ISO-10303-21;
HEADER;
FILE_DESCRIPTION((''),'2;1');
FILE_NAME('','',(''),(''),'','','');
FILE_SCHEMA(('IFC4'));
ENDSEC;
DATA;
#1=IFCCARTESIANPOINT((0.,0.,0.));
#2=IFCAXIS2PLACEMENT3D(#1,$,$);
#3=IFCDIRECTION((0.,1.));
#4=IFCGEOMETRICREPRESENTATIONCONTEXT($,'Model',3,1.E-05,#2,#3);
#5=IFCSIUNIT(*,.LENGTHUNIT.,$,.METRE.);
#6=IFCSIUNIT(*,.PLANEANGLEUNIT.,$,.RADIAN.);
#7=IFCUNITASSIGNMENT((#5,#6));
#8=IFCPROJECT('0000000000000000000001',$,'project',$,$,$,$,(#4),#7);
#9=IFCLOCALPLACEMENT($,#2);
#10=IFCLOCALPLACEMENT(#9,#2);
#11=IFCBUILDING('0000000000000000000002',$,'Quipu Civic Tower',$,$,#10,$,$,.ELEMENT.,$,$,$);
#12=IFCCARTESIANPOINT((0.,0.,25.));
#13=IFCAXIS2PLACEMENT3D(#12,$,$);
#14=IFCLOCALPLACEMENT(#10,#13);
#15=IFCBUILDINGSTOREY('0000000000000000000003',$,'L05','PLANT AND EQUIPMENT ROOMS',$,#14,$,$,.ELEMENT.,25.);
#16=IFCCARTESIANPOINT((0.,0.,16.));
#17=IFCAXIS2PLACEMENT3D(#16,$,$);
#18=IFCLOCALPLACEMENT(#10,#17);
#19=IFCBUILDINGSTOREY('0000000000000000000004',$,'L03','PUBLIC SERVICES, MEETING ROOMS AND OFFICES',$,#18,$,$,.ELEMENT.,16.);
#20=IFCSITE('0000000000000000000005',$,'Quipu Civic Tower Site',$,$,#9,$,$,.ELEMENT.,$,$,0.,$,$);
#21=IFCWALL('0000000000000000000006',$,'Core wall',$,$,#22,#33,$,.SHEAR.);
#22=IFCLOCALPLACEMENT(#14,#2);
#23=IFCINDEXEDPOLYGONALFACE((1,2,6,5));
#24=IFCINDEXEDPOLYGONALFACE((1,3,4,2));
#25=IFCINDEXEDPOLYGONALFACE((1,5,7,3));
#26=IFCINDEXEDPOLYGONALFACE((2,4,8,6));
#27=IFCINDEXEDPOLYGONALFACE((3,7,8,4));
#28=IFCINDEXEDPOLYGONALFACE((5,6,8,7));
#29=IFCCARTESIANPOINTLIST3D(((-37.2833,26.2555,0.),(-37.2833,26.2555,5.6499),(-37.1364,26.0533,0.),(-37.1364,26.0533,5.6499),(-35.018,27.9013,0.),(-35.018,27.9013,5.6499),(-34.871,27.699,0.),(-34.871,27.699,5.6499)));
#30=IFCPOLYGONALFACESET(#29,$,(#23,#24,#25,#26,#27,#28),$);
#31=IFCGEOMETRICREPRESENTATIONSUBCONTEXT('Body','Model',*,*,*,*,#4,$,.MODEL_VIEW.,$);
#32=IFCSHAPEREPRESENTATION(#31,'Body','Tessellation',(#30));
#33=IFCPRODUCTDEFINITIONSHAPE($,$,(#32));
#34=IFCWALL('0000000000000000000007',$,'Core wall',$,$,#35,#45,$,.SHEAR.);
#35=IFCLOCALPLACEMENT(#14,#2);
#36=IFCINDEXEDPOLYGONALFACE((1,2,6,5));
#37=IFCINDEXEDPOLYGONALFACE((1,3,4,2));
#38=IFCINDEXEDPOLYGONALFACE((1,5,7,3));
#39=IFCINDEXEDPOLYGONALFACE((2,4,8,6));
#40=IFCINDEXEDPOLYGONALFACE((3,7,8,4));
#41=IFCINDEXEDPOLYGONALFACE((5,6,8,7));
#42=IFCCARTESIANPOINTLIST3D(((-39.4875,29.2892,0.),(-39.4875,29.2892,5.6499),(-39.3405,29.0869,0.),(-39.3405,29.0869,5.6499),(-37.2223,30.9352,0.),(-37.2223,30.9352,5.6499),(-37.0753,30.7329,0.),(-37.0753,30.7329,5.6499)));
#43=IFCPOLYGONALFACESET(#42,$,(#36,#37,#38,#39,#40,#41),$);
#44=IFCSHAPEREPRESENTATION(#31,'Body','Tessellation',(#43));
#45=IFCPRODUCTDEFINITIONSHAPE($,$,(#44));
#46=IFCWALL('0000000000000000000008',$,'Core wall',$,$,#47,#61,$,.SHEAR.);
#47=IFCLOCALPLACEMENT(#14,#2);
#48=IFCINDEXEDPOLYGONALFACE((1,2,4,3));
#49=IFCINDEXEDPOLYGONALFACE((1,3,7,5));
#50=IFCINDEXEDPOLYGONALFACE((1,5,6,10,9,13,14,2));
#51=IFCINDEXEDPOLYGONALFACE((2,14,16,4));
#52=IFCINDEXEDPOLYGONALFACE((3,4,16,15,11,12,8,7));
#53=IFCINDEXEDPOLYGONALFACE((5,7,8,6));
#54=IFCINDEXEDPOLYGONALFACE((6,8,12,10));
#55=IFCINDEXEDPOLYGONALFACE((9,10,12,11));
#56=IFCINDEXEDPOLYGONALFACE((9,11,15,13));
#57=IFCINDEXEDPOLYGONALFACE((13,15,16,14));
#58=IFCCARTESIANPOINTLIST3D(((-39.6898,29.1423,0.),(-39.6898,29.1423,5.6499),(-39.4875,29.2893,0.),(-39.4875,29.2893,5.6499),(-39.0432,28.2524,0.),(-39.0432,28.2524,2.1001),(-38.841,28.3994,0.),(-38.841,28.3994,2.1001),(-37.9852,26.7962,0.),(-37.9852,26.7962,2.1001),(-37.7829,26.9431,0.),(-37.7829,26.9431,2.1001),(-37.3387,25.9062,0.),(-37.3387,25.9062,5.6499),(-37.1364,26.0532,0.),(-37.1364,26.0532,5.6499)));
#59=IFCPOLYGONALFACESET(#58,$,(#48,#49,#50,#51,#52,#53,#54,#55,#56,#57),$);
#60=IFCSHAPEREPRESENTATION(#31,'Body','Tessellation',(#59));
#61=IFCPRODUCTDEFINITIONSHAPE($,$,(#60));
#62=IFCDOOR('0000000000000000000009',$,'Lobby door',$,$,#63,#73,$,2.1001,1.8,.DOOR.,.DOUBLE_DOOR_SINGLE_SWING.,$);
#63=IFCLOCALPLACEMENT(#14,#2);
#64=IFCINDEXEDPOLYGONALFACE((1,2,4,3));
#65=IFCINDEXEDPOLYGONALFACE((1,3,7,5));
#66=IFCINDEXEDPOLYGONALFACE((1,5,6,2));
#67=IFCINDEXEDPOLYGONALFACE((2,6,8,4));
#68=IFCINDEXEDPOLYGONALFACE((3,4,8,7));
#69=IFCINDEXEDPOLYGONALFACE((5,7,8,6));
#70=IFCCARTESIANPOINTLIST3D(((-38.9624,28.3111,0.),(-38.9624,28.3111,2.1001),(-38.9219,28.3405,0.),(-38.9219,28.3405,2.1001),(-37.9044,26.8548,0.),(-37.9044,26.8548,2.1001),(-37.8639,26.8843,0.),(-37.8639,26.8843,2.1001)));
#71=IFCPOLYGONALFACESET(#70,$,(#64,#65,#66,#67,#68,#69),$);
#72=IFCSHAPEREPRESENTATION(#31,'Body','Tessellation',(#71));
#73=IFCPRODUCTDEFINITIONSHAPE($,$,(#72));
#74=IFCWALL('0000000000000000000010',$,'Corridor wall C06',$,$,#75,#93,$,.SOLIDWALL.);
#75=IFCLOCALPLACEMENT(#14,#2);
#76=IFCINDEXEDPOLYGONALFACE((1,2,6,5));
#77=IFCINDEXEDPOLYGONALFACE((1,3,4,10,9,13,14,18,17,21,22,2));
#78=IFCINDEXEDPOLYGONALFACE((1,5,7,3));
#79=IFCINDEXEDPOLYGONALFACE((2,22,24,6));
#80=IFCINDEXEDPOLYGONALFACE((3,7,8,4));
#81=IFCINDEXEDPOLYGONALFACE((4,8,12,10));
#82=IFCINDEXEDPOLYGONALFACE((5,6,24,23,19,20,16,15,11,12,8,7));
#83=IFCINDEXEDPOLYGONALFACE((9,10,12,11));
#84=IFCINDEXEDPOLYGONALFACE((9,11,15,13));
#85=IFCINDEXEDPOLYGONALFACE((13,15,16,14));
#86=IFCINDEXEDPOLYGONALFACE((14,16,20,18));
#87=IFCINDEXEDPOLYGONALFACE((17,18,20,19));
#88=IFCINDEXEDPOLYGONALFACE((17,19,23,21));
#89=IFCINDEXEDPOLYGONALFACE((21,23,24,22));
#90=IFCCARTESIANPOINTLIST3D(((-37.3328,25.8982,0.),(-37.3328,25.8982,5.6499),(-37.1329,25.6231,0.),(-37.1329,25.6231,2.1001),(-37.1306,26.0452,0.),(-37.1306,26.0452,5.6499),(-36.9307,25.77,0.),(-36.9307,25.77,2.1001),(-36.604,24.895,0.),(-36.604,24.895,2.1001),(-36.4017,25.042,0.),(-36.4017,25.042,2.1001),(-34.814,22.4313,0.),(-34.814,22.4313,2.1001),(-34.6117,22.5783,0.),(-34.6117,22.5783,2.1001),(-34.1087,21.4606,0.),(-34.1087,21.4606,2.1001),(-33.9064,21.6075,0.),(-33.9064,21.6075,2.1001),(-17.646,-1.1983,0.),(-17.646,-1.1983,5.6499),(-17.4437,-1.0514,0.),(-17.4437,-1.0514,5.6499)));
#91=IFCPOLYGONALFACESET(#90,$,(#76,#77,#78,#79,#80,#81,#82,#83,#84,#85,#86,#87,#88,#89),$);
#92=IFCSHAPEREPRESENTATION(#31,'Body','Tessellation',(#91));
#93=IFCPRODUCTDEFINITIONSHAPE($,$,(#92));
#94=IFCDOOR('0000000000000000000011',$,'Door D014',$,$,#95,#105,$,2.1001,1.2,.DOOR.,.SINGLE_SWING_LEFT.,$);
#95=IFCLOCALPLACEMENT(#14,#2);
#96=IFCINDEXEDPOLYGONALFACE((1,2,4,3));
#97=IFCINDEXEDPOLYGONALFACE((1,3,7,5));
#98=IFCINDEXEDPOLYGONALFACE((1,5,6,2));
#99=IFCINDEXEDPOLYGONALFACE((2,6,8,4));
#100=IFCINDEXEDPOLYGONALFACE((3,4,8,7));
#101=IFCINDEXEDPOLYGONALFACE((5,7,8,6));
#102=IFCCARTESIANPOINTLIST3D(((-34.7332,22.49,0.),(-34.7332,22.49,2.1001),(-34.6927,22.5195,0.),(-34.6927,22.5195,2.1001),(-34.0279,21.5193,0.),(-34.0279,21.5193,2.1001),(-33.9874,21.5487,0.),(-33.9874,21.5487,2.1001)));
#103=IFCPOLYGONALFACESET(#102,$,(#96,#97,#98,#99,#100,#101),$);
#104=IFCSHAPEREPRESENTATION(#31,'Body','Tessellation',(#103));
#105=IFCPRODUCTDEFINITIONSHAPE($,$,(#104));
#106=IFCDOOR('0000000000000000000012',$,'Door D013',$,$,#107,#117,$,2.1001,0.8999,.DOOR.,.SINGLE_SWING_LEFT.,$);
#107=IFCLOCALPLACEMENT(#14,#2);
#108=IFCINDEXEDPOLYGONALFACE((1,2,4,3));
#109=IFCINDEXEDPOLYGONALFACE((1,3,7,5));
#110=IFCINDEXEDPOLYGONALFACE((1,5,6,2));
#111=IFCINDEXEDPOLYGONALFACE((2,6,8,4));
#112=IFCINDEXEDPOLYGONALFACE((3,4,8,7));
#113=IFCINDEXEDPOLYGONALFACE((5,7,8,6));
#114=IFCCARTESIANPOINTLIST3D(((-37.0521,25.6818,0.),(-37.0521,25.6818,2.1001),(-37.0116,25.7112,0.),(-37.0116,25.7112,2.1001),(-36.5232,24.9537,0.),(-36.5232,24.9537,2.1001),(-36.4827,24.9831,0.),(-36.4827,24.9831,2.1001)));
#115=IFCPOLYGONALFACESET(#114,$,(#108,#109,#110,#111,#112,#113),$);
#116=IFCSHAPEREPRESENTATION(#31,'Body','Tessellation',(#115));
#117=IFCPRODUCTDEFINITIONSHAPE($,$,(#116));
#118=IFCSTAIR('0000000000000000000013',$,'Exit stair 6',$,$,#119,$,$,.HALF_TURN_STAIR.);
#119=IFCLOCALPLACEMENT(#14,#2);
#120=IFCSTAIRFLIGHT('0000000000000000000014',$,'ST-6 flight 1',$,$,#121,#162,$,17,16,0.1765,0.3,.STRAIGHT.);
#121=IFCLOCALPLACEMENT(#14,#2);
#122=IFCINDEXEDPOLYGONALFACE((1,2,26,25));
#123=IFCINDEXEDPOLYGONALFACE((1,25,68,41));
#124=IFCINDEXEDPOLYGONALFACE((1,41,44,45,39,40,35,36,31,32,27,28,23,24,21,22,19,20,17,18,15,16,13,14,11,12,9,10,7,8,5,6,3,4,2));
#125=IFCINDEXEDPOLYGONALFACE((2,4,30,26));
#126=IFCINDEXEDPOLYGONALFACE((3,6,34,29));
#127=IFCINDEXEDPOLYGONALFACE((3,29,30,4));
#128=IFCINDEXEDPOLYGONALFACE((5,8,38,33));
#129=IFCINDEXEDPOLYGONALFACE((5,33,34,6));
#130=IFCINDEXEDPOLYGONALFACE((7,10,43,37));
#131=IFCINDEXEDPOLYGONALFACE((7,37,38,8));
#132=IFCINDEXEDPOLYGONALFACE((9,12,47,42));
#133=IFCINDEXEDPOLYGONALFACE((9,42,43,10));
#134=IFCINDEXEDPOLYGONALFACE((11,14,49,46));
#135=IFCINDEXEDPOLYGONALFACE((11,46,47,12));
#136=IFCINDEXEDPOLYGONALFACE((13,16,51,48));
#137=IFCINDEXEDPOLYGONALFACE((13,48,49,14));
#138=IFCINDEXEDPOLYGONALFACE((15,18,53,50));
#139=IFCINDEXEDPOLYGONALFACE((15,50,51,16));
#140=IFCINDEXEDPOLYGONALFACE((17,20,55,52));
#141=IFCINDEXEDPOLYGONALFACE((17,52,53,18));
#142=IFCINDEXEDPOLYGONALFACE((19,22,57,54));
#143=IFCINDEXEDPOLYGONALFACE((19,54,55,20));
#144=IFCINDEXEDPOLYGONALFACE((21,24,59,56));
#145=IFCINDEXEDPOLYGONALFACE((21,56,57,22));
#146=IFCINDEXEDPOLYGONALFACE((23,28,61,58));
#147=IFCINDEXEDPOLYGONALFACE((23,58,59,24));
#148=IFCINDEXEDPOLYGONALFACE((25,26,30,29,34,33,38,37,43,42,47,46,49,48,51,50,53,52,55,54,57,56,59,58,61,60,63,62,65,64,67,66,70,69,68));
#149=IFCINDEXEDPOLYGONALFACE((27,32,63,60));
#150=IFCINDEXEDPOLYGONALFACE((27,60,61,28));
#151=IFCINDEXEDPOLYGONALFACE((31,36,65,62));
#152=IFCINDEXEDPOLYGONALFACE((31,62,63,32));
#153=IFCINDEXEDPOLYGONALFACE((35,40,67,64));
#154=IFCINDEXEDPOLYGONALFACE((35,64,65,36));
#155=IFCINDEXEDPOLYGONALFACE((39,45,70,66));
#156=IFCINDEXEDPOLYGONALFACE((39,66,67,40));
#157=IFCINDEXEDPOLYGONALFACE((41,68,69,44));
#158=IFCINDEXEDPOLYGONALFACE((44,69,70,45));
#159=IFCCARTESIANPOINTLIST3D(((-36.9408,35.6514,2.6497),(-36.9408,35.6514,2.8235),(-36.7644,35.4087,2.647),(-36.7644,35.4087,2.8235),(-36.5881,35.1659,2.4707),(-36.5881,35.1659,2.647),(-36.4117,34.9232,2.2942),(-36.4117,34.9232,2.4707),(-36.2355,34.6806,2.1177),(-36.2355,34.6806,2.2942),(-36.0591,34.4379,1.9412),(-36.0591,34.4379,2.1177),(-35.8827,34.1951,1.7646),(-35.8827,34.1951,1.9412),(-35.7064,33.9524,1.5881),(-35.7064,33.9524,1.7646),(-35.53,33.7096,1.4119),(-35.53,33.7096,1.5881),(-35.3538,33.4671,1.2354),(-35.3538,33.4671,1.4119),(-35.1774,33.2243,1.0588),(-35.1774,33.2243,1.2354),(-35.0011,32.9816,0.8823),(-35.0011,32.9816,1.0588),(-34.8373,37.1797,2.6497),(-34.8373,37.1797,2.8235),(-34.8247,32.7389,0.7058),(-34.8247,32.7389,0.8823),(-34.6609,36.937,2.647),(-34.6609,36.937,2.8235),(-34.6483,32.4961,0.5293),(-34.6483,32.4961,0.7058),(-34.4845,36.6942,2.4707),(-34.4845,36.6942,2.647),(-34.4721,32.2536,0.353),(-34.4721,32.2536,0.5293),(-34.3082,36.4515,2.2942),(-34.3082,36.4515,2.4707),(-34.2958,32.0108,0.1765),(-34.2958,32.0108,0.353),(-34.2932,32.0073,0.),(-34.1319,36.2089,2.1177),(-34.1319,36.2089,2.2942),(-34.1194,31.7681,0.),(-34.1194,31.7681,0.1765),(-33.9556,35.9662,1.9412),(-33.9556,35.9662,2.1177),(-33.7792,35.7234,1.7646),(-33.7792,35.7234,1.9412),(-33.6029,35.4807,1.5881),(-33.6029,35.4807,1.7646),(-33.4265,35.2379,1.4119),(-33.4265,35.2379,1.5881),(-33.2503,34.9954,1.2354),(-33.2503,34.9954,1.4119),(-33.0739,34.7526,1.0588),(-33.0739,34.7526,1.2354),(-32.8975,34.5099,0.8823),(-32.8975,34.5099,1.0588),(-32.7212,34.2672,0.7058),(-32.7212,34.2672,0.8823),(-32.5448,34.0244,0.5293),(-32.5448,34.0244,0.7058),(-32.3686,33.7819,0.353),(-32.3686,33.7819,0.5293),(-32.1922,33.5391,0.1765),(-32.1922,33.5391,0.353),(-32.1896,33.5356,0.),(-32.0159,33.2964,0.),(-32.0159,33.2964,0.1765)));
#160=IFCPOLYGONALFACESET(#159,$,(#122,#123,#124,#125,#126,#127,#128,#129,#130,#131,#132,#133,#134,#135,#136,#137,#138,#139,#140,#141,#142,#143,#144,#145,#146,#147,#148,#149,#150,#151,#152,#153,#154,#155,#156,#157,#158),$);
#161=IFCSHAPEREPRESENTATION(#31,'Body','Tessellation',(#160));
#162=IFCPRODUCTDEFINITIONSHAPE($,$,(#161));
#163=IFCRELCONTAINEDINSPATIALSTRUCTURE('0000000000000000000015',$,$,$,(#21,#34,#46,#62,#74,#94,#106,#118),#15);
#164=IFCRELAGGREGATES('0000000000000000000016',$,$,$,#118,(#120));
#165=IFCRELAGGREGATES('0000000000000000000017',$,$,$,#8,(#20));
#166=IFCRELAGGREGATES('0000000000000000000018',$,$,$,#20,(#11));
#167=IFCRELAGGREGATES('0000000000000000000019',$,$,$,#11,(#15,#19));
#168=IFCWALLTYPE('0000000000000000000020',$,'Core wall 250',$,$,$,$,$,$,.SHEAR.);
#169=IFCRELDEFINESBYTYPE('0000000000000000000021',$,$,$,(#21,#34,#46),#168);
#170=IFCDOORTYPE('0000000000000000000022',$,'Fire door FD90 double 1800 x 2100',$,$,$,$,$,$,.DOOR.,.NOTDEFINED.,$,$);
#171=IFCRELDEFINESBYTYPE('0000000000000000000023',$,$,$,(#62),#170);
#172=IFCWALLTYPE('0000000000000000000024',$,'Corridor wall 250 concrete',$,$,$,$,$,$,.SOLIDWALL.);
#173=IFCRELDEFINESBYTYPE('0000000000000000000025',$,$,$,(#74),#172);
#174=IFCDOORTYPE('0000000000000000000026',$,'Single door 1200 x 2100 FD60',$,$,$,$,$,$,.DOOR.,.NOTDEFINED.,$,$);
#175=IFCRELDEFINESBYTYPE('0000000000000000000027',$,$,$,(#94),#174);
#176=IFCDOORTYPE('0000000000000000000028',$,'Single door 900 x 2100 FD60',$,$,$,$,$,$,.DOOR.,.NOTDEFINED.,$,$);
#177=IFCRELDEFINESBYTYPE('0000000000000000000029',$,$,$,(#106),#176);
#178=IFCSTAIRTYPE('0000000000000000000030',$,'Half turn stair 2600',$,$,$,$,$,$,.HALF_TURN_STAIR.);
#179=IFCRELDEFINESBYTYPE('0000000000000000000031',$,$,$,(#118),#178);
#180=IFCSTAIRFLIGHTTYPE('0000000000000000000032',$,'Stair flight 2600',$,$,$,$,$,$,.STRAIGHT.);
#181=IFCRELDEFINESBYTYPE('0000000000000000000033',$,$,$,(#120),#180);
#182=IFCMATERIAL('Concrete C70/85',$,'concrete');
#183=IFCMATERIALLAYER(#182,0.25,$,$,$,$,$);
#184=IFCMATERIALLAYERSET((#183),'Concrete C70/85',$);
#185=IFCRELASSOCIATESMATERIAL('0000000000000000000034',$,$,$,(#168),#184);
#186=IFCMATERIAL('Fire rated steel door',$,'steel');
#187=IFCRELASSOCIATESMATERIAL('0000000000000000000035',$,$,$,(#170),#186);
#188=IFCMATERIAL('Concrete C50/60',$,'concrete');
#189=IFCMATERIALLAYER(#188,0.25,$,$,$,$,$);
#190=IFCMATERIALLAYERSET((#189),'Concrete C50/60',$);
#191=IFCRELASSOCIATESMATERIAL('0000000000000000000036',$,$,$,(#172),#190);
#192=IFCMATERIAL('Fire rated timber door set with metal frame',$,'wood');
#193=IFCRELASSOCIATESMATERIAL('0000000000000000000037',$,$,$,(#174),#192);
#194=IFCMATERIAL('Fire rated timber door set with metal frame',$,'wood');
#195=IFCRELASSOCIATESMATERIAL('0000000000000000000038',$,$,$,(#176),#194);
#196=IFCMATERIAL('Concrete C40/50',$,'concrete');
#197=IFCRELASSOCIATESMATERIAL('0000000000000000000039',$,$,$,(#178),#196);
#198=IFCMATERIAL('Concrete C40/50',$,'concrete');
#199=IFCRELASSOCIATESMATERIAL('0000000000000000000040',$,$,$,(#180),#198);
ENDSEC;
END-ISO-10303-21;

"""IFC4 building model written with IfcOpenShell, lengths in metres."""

from ifc_helpers import new_model, si_unit, direction, frame, frame_2d, origin, place, context, subcontext, project, spatial, polyline, rectangle, outline, extrude, material, layer, layer_set, type_object, element, fill, aggregate, save


model = new_model("IFC4")

# Units and contexts
model_context = context("Model", 3, precision=1e-05, world=origin(), true_north=direction((0.0, 1.0)))
body_context = subcontext(model_context, "Body", "Model", "MODEL_VIEW")
ifc_project = project(units=[si_unit("LENGTHUNIT", "METRE"), si_unit("PLANEANGLEUNIT", "RADIAN")], contexts=[model_context])

# Site, building, storey
site_placement = place(None, origin())
site = spatial("IfcSite", under=ifc_project, at=site_placement, Name="Quipu Civic Tower Site", CompositionType="ELEMENT", RefElevation=0.0)
building_placement = place(site_placement, origin())
building = spatial("IfcBuilding", under=site, at=building_placement, Name="Quipu Civic Tower", CompositionType="ELEMENT")
storey_1_placement = place(building_placement, frame((0.0, 0.0, 25.0)))
storey_1 = spatial("IfcBuildingStorey", under=building, at=storey_1_placement, Name="L05", Description="PLANT AND EQUIPMENT ROOMS", CompositionType="ELEMENT", Elevation=25.0)

# Shared definitions
storey_2_placement = place(building_placement, frame((0.0, 0.0, 16.0)))
storey_2 = spatial("IfcBuildingStorey", under=building, at=storey_2_placement, Name="L03", Description="PUBLIC SERVICES, MEETING ROOMS AND OFFICES", CompositionType="ELEMENT", Elevation=16.0)

# Shared definitions
ifc_material_1 = material(Name="Concrete C70/85", Category="concrete")
ifc_layer_1 = layer(ifc_material_1, 0.25)
ifc_layer_set_1 = layer_set([ifc_layer_1], Name="Concrete C70/85")
wall_type_1 = type_object("IfcWallType", Name="Core wall 250", PredefinedType="SHEAR", material=ifc_layer_set_1)

# Walls
for number, where, z_axis, x_axis, name in (
    (1, (-34.9446, 27.8, 0.0), (0.0, 0.0, 1.0), (-0.809041, -0.587752, 0.0), "Core wall"),
    (2, (-37.1489, 30.834, 0.0), (0.0, 0.0, 1.0), (-0.80897, -0.58785, 0.0), "Core wall"),
):
    element("IfcWall", number, at=place(storey_1_placement, frame(where, z_axis=z_axis, x_axis=x_axis)), inside=storey_1, type_object=wall_type_1, Name=name, PredefinedType="SHEAR", context=body_context, shape_type="SweptSolid", body=[
        extrude(rectangle(XDim=2.8, YDim=0.25, at=frame_2d((1.3999, 0.0))), origin(), (0.0, 0.0, 1.0), 5.6499),
    ])

# Wall, opening, door
wall_1_placement = place(storey_1_placement, frame((-39.5886, 29.2158, 0.0), z_axis=(0.0, 0.0, 1.0), x_axis=(0.587772, -0.809026, 0.0)))
wall_1 = element("IfcWall", 3, at=wall_1_placement, inside=storey_1, type_object=wall_type_1, Name="Core wall", PredefinedType="SHEAR", context=body_context, shape_type="SweptSolid", body=[
    extrude(rectangle(XDim=4.0, YDim=0.25, at=frame_2d((2.0, 0.0))), origin(), (0.0, 0.0, 1.0), 5.6499),
])
opening_1_placement = place(wall_1_placement, frame((1.1001, 0.0, 0.0)))
opening_1 = element("IfcOpeningElement", 4, at=opening_1_placement, cuts=wall_1, PredefinedType="OPENING", context=body_context, shape_type="SweptSolid", body=[
    extrude(rectangle(XDim=1.8, YDim=2.1001, at=frame_2d((0.8999, 1.05))), frame((0.0, 0.135, 0.0), z_axis=(0.0, -1.0, 0.0), x_axis=(1.0, 0.0, 0.0)), (0.0, 0.0, 1.0), 0.27),
])
ifc_material_2 = material(Name="Fire rated steel door", Category="steel")
door_type_1 = type_object("IfcDoorType", Name="Fire door FD90 double 1800 x 2100", OperationType="NOTDEFINED", PredefinedType="DOOR", material=ifc_material_2)
door_1_placement = place(opening_1_placement, origin())
door_1 = element("IfcDoor", 5, at=door_1_placement, inside=storey_1, type_object=door_type_1, Name="Lobby door", OperationType="DOUBLE_DOOR_SINGLE_SWING", OverallHeight=2.1001, OverallWidth=1.8, PredefinedType="DOOR", context=body_context, shape_type="SweptSolid", body=[
    extrude(rectangle(XDim=1.8, YDim=2.1001, at=frame_2d((0.8999, 1.05))), frame((0.0, 0.0249, 0.0), z_axis=(0.0, -1.0, 0.0), x_axis=(1.0, 0.0, 0.0)), (0.0, 0.0, 1.0), 0.05),
])
fill(opening_1, door_1)

# Wall, openings, doors
ifc_material_3 = material(Name="Concrete C50/60", Category="concrete")
ifc_layer_2 = layer(ifc_material_3, 0.25)
ifc_layer_set_2 = layer_set([ifc_layer_2], Name="Concrete C50/60")
wall_type_2 = type_object("IfcWallType", Name="Corridor wall 250 concrete", PredefinedType="SOLIDWALL", material=ifc_layer_set_2)
wall_2_placement = place(storey_1_placement, frame((-37.2317, 25.9717, 0.0), z_axis=(0.0, 0.0, 1.0), x_axis=(0.587786, -0.809016, 0.0)))
wall_2 = element("IfcWall", 6, at=wall_2_placement, inside=storey_1, type_object=wall_type_2, Name="Corridor wall C06", PredefinedType="SOLIDWALL", context=body_context, shape_type="SweptSolid", body=[
    extrude(rectangle(XDim=33.4932, YDim=0.25, at=frame_2d((16.7466, 0.0))), origin(), (0.0, 0.0, 1.0), 5.6499),
])
opening_2_placement = place(wall_2_placement, frame((4.2852, 0.0, 0.0)))
opening_2 = element("IfcOpeningElement", 7, at=opening_2_placement, cuts=wall_2, PredefinedType="OPENING", context=body_context, shape_type="SweptSolid", body=[
    extrude(rectangle(XDim=1.2, YDim=2.1001, at=frame_2d((0.6001, 1.05))), frame((0.0, 0.135, 0.0), z_axis=(0.0, -1.0, 0.0), x_axis=(1.0, 0.0, 0.0)), (0.0, 0.0, 1.0), 0.27),
])
opening_3_placement = place(wall_2_placement, frame((0.3401, 0.0, 0.0)))
opening_3 = element("IfcOpeningElement", 8, at=opening_3_placement, cuts=wall_2, PredefinedType="OPENING", context=body_context, shape_type="SweptSolid", body=[
    extrude(rectangle(XDim=0.8999, YDim=2.1001, at=frame_2d((0.45, 1.05))), frame((0.0, 0.135, 0.0), z_axis=(0.0, -1.0, 0.0), x_axis=(1.0, 0.0, 0.0)), (0.0, 0.0, 1.0), 0.27),
])
ifc_material_4 = material(Name="Fire rated timber door set with metal frame", Category="wood")
door_type_2 = type_object("IfcDoorType", Name="Single door 1200 x 2100 FD60", OperationType="NOTDEFINED", PredefinedType="DOOR", material=ifc_material_4)
door_2_placement = place(opening_2_placement, origin())
door_2 = element("IfcDoor", 9, at=door_2_placement, inside=storey_1, type_object=door_type_2, Name="Door D014", OperationType="SINGLE_SWING_LEFT", OverallHeight=2.1001, OverallWidth=1.2, PredefinedType="DOOR", context=body_context, shape_type="SweptSolid", body=[
    extrude(rectangle(XDim=1.2, YDim=2.1001, at=frame_2d((0.6001, 1.05))), frame((0.0, 0.0249, 0.0), z_axis=(0.0, -1.0, 0.0), x_axis=(1.0, 0.0, 0.0)), (0.0, 0.0, 1.0), 0.05),
])
fill(opening_2, door_2)
ifc_material_5 = material(Name="Fire rated timber door set with metal frame", Category="wood")
door_type_3 = type_object("IfcDoorType", Name="Single door 900 x 2100 FD60", OperationType="NOTDEFINED", PredefinedType="DOOR", material=ifc_material_5)
door_3_placement = place(opening_3_placement, origin())
door_3 = element("IfcDoor", 10, at=door_3_placement, inside=storey_1, type_object=door_type_3, Name="Door D013", OperationType="SINGLE_SWING_LEFT", OverallHeight=2.1001, OverallWidth=0.8999, PredefinedType="DOOR", context=body_context, shape_type="SweptSolid", body=[
    extrude(rectangle(XDim=0.8999, YDim=2.1001, at=frame_2d((0.45, 1.05))), frame((0.0, 0.0249, 0.0), z_axis=(0.0, -1.0, 0.0), x_axis=(1.0, 0.0, 0.0)), (0.0, 0.0, 1.0), 0.05),
])
fill(opening_3, door_3)

# Stair, stair flight
ifc_material_6 = material(Name="Concrete C40/50", Category="concrete")
stair_type = type_object("IfcStairType", Name="Half turn stair 2600", PredefinedType="HALF_TURN_STAIR", material=ifc_material_6)
stair_placement = place(storey_1_placement, origin())
stair = element("IfcStair", 11, at=stair_placement, inside=storey_1, type_object=stair_type, Name="Exit stair 6", PredefinedType="HALF_TURN_STAIR")
ifc_material_7 = material(Name="Concrete C40/50", Category="concrete")
stair_flight_type = type_object("IfcStairFlightType", Name="Stair flight 2600", PredefinedType="STRAIGHT", material=ifc_material_7)
stair_flight_placement = place(storey_1_placement, frame((-33.0676, 32.5322, 0.0), z_axis=(0.0, 0.0, 1.0), x_axis=(-0.587785, 0.809017, 0.0)))
stair_flight = element("IfcStairFlight", 12, at=stair_flight_placement, type_object=stair_flight_type, Name="ST-6 flight 1", NumberOfRisers=17, NumberOfTreads=16, PredefinedType="STRAIGHT", RiserHeight=0.1765, TreadLength=0.3, context=body_context, shape_type="SweptSolid", body=[
    extrude(outline(polyline([(0.0, 0.0), (0.0, 0.1765), (0.3, 0.1765), (0.3, 0.353), (0.6001, 0.353), (0.6001, 0.5293), (0.8999, 0.5293), (0.8999, 0.7058), (1.2, 0.7058), (1.2, 0.8823), (1.5, 0.8823), (1.5, 1.0588), (1.8, 1.0588), (1.8, 1.2354), (2.1001, 1.2354), (2.1001, 1.4119), (2.3999, 1.4119), (2.3999, 1.5881), (2.7, 1.5881), (2.7, 1.7646), (3.0, 1.7646), (3.0, 1.9412), (3.3, 1.9412), (3.3, 2.1177), (3.6001, 2.1177), (3.6001, 2.2942), (3.8999, 2.2942), (3.8999, 2.4707), (4.2, 2.4707), (4.2, 2.647), (4.5, 2.647), (4.5, 2.8235), (4.8, 2.8235), (4.8, 3.0), (4.8, 2.6497), (0.2957, 0.0), (0.0, 0.0)])), frame((0.0, 1.3, 0.0), z_axis=(0.0, -1.0, 0.0), x_axis=(1.0, 0.0, 0.0)), (0.0, 0.0, 1.0), 2.6001),
])
aggregate(stair, [stair_flight])

save(model, "model.ifc")
